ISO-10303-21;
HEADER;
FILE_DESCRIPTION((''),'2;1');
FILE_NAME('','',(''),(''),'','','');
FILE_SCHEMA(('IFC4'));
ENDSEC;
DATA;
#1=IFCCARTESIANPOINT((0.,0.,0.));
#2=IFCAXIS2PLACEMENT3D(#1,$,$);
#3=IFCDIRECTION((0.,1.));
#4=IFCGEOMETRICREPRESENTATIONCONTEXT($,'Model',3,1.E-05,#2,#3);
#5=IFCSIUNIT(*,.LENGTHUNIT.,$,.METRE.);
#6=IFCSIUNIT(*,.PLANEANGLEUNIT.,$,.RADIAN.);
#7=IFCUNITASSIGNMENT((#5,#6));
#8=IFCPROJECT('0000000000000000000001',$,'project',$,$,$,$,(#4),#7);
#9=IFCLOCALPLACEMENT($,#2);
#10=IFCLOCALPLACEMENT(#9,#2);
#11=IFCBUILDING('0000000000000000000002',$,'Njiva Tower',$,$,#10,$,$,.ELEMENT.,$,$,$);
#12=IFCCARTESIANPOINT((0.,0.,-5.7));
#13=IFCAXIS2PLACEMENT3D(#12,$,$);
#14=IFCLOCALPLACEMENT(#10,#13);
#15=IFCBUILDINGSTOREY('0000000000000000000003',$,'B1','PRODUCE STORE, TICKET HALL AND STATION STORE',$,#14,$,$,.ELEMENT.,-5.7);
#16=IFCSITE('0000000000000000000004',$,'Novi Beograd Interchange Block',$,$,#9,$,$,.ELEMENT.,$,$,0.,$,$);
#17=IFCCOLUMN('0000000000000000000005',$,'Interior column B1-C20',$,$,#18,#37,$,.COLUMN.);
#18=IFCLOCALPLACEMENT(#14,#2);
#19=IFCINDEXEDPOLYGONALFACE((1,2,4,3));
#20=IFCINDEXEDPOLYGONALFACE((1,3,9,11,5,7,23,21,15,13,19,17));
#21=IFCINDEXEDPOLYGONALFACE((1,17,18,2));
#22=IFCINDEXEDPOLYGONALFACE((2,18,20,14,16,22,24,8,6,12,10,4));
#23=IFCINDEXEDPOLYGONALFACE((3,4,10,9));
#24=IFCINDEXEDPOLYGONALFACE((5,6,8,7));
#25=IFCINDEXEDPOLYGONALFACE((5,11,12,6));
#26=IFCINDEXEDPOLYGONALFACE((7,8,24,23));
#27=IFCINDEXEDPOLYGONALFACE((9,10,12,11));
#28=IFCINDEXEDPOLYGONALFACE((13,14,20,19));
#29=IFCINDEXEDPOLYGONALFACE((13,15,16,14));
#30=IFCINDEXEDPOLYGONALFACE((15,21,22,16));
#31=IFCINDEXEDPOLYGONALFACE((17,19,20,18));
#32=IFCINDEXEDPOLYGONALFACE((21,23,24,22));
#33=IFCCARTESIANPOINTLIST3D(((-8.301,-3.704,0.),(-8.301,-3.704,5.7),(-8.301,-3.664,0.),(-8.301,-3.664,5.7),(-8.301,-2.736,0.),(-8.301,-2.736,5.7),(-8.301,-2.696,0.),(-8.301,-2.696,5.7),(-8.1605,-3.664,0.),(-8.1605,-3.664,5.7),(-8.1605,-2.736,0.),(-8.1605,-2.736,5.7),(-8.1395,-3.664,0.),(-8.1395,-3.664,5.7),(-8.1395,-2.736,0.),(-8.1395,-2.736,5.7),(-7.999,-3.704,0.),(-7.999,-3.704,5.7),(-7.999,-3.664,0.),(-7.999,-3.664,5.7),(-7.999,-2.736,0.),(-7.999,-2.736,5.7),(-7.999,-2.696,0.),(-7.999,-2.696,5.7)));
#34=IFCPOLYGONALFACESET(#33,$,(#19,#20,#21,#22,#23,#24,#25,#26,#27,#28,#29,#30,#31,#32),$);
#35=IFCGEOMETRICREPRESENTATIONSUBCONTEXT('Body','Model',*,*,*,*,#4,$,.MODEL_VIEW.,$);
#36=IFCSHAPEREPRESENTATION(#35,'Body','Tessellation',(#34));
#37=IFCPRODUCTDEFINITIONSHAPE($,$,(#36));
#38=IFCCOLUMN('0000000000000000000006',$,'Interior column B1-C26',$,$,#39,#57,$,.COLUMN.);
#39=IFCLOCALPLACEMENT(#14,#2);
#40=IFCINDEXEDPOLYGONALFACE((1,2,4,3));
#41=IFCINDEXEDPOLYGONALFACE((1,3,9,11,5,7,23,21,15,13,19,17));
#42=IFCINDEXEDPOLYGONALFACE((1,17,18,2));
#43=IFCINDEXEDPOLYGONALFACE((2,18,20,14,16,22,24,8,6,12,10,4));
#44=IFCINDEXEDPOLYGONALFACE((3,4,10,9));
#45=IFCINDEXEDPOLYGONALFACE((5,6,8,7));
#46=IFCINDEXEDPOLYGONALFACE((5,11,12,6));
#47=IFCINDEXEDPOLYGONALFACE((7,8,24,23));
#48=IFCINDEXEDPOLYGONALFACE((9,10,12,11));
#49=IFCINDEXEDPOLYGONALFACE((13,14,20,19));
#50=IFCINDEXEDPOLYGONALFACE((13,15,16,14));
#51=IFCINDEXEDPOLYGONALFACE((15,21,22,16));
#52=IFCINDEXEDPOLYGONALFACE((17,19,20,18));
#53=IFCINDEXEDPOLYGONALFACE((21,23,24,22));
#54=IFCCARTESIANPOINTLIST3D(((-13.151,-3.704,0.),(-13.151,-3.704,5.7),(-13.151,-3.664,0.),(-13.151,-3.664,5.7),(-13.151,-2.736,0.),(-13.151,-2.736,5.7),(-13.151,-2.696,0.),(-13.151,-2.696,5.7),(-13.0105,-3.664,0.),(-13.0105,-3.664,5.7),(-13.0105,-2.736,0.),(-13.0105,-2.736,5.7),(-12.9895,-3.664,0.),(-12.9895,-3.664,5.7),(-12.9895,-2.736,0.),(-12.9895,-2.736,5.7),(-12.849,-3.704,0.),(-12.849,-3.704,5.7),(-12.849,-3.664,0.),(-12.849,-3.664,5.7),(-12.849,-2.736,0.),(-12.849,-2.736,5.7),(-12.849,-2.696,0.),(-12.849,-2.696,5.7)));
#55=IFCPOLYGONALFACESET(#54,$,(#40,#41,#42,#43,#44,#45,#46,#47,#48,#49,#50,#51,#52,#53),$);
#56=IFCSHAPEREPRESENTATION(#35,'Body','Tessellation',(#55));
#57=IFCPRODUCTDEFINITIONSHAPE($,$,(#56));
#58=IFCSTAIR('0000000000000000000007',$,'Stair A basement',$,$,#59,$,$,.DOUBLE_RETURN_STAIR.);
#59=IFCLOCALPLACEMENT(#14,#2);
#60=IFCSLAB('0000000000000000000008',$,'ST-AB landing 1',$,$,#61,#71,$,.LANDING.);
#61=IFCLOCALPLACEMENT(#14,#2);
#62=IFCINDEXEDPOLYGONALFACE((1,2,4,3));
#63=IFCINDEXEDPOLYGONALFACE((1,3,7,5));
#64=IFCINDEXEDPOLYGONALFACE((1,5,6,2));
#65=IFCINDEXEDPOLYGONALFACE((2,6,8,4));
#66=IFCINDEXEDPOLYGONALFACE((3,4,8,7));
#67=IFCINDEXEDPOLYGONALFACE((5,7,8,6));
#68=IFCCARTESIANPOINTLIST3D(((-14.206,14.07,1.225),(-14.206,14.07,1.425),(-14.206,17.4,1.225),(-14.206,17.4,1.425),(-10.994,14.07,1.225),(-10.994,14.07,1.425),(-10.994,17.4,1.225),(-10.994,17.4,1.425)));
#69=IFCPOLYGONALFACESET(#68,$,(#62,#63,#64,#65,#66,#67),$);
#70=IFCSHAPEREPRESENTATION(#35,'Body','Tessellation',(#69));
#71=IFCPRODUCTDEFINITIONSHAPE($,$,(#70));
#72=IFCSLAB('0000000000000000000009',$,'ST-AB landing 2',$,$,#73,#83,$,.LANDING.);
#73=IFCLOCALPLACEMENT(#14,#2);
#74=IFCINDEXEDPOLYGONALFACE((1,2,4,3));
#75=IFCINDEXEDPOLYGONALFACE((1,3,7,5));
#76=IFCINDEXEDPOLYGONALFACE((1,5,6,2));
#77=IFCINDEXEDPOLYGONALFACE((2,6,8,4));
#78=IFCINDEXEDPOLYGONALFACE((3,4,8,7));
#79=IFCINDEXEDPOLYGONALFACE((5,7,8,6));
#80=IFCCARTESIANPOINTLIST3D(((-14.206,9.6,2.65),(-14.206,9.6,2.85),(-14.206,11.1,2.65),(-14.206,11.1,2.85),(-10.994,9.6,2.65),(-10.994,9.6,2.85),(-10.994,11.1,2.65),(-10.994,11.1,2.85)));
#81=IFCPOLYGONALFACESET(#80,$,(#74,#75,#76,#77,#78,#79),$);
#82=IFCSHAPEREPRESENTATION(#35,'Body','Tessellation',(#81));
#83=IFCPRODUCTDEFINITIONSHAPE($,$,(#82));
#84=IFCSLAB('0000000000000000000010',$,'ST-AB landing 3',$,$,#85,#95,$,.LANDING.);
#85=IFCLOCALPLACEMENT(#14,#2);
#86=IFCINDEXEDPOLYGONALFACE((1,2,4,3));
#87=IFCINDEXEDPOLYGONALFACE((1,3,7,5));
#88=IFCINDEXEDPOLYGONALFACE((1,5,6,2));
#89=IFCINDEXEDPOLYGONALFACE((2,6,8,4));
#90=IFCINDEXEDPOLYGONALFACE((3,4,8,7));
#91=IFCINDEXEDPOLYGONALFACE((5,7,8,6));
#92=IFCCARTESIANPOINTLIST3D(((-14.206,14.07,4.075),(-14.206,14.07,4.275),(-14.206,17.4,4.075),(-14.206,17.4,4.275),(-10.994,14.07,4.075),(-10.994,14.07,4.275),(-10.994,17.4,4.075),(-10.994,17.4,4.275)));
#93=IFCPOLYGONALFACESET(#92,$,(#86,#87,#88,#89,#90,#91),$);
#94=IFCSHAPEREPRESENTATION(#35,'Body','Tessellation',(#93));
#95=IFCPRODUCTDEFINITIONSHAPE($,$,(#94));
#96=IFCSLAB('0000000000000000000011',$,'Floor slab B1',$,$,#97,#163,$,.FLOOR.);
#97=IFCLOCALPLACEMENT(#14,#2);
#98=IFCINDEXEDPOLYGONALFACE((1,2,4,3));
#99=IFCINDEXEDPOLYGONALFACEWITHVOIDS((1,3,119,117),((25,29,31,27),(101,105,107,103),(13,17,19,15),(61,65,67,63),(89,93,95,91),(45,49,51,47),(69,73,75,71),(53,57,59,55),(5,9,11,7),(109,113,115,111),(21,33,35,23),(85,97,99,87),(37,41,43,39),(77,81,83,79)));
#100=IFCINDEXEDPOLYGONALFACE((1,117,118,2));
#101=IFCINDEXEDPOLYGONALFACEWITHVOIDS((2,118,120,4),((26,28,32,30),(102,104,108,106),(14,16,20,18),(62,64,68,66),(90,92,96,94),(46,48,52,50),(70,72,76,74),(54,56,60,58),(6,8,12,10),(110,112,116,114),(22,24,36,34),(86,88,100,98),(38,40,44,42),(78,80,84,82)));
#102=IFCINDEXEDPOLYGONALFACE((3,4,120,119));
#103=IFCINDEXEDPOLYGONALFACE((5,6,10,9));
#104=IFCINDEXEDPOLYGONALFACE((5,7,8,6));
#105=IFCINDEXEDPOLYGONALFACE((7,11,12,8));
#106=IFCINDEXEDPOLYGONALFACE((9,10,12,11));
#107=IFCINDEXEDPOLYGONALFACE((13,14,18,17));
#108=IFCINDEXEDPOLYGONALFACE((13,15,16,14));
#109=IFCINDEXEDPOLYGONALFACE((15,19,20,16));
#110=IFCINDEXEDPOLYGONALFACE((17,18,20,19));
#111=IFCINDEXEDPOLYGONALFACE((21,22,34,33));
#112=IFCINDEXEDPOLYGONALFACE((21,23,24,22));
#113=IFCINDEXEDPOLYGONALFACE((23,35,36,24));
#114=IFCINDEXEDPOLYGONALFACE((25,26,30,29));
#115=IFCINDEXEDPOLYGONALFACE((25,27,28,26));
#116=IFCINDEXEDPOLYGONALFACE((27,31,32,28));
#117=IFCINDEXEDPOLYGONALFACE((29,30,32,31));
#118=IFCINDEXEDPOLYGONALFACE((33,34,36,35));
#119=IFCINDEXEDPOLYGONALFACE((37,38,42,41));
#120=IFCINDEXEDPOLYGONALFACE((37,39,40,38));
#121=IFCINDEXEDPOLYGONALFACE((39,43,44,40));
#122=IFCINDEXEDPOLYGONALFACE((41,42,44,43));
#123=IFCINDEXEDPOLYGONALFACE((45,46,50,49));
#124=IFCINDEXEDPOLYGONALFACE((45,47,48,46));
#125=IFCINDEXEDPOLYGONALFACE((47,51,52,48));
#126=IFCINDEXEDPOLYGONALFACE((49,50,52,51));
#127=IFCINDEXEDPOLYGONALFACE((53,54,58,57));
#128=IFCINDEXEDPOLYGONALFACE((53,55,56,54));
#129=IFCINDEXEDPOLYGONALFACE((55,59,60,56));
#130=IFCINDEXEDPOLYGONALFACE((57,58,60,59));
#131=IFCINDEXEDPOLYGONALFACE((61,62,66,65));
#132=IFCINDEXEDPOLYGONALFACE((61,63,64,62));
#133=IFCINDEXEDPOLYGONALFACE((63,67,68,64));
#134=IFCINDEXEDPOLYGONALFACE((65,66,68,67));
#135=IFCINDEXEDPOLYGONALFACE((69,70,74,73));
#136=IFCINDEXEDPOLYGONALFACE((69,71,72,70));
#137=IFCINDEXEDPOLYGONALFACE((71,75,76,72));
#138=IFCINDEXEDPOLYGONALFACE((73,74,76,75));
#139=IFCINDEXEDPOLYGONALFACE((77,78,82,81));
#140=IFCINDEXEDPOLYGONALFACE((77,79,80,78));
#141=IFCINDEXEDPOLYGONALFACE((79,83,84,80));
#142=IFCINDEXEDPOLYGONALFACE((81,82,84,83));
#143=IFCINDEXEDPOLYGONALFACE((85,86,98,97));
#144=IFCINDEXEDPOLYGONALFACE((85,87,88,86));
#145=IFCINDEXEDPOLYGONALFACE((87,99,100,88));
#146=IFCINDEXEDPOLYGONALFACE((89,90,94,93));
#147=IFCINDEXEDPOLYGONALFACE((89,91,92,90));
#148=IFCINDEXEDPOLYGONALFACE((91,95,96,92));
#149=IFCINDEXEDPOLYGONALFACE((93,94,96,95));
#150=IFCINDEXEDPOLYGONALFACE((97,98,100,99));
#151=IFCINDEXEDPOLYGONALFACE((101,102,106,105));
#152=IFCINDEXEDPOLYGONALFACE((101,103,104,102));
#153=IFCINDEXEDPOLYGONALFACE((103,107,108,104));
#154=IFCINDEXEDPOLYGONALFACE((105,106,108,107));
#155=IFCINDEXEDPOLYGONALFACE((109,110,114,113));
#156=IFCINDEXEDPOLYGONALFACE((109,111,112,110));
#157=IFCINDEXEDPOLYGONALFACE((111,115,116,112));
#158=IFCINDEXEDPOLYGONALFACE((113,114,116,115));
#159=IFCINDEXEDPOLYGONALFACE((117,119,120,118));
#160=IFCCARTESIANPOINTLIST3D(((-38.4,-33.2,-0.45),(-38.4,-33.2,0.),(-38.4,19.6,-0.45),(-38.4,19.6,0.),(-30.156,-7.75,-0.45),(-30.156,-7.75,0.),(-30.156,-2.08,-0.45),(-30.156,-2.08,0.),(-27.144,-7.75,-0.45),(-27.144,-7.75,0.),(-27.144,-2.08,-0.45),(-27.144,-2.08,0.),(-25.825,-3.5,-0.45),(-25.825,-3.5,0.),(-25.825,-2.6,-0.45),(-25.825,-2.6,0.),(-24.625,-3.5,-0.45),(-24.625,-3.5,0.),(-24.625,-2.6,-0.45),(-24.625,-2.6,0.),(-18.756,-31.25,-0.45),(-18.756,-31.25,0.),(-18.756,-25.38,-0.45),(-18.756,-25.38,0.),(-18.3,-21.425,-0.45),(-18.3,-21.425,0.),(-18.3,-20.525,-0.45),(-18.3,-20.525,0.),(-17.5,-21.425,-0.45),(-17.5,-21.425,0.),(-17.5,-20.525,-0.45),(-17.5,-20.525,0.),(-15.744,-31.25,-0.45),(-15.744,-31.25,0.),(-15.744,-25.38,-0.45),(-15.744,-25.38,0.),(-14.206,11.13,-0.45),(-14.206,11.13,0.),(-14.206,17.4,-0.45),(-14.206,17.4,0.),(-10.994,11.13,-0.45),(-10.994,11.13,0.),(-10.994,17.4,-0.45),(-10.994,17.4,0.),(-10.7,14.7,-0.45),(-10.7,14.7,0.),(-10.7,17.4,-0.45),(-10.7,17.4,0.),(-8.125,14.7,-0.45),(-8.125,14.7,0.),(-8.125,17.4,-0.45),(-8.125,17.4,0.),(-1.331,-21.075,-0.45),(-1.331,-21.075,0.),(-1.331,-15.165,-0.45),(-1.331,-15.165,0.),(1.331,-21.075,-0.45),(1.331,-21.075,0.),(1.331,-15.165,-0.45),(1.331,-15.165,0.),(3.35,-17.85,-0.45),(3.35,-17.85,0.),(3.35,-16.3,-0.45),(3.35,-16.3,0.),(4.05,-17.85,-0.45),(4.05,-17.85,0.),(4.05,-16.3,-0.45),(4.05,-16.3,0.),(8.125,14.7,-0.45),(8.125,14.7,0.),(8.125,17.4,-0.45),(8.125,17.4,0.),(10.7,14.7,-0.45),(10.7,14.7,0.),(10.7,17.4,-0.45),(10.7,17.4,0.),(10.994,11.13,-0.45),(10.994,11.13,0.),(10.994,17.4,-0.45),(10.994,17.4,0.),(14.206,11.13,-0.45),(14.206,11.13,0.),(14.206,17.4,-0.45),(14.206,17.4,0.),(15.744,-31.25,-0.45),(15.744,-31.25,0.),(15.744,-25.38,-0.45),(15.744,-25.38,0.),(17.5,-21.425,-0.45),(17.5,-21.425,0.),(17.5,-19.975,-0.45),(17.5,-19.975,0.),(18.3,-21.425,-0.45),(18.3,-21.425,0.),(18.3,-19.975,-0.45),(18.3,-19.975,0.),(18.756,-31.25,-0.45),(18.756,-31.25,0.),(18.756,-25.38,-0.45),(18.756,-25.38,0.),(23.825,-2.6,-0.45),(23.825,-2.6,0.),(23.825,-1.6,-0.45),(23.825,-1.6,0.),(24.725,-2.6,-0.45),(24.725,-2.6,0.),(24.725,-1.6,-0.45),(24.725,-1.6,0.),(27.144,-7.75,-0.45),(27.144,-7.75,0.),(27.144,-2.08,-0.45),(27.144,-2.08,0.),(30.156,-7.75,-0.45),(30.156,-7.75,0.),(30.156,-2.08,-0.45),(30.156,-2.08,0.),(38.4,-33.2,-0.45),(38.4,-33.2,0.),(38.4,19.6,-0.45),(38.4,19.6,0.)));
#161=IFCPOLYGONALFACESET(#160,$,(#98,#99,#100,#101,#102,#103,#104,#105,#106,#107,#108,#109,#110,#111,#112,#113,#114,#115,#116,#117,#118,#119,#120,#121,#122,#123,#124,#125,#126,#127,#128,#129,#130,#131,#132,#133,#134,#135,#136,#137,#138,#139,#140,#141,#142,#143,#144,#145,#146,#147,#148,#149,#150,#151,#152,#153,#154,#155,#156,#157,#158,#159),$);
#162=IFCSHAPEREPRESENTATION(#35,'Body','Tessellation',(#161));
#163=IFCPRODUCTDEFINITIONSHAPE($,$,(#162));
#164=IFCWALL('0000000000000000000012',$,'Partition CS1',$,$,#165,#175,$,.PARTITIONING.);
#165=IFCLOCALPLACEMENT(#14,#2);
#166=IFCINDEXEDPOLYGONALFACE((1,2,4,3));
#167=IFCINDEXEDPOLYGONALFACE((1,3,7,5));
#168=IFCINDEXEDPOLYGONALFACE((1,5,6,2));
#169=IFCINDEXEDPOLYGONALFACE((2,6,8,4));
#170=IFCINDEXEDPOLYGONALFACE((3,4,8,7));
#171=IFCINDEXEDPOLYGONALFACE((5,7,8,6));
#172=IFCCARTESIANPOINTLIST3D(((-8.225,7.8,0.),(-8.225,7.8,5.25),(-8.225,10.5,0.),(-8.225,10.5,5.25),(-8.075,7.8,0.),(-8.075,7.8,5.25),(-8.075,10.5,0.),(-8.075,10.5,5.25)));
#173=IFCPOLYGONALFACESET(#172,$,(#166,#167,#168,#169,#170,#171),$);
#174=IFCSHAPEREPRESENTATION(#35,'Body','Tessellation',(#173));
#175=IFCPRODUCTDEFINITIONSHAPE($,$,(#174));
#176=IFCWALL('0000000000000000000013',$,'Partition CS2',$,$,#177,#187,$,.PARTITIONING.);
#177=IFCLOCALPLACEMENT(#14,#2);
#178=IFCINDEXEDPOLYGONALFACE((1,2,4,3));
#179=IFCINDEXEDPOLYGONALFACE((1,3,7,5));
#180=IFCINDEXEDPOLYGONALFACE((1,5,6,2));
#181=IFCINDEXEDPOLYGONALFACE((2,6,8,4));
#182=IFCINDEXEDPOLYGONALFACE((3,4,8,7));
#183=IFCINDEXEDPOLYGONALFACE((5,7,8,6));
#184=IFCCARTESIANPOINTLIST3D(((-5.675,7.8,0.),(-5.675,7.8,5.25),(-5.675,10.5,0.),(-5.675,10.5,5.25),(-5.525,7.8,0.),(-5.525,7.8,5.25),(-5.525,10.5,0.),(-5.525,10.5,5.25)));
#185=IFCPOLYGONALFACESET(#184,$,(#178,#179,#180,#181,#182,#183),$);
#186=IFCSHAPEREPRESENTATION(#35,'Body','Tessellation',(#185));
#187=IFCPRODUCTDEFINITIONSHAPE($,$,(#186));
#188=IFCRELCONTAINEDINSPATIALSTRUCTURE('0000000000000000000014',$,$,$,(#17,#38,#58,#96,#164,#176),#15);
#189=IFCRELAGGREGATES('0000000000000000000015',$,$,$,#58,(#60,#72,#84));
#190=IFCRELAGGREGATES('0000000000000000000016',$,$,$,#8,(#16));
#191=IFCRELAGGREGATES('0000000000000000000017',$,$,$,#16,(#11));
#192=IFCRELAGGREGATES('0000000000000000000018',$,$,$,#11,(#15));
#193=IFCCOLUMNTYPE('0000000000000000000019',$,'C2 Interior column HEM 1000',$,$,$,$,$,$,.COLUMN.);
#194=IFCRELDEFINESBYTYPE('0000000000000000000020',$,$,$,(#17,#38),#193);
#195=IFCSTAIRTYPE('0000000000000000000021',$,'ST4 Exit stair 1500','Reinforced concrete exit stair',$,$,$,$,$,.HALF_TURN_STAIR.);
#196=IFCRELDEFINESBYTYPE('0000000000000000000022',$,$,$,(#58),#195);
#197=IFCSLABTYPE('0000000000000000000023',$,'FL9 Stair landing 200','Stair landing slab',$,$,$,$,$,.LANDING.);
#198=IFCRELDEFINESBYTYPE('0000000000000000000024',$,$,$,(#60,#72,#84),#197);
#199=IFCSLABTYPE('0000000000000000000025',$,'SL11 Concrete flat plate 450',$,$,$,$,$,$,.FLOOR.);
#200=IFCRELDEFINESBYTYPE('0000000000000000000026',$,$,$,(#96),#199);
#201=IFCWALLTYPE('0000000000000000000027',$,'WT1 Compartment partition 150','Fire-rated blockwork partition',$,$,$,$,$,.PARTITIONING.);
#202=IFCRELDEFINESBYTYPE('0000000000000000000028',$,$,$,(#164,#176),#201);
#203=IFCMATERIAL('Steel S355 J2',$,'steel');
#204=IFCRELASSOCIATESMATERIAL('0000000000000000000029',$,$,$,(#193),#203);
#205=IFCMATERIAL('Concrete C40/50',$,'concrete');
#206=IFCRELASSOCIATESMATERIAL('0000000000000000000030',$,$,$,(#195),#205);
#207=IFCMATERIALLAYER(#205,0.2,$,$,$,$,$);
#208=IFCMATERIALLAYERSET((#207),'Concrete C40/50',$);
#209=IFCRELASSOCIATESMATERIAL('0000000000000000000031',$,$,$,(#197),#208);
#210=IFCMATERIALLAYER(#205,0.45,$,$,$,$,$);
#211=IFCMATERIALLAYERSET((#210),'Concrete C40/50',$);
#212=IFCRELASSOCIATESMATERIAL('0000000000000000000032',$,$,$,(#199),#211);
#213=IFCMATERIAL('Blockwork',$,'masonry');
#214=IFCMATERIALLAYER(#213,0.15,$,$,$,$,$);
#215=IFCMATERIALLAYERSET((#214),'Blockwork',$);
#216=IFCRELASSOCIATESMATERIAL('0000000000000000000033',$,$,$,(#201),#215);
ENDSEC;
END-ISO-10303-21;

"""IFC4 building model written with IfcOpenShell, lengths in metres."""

from ifc_helpers import new_model, si_unit, direction, frame, frame_2d, origin, origin_2d, place, context, subcontext, project, spatial, polyline, rectangle, i_section, outline, extrude, material, layer, layer_set, material_profile, profile_set, type_object, element, aggregate, save


model = new_model("IFC4")

# Units and contexts
model_context = context("Model", 3, precision=1e-05, world=origin(), true_north=direction((0.0, 1.0)))
body_context = subcontext(model_context, "Body", "Model", "MODEL_VIEW")
ifc_project = project(units=[si_unit("LENGTHUNIT", "METRE"), si_unit("PLANEANGLEUNIT", "RADIAN")], contexts=[model_context])

# Site, building, storey
site_placement = place(None, origin())
site = spatial("IfcSite", under=ifc_project, at=site_placement, Name="Novi Beograd Interchange Block", CompositionType="ELEMENT", RefElevation=0.0)
building_placement = place(site_placement, origin())
building = spatial("IfcBuilding", under=site, at=building_placement, Name="Njiva Tower", CompositionType="ELEMENT")
storey_placement = place(building_placement, frame((0.0, 0.0, -5.7)))
storey = spatial("IfcBuildingStorey", under=building, at=storey_placement, Name="B1", Description="PRODUCE STORE, TICKET HALL AND STATION STORE", CompositionType="ELEMENT", Elevation=-5.7)

# Columns
ifc_material_1 = material(Name="Steel S355 J2", Category="steel")
ifc_material_profile = material_profile(ifc_material_1, i_section(OverallWidth=0.302, OverallDepth=1.008, WebThickness=0.021, FlangeThickness=0.04, at=origin_2d()), Name="HEM 1000")
ifc_profile_set = profile_set([ifc_material_profile], Name="Steel S355 J2")
column_type = type_object("IfcColumnType", Name="C2 Interior column HEM 1000", PredefinedType="COLUMN", material=ifc_profile_set)
for number, where, z_axis, x_axis, name in (
    (1, (-8.15, -3.2, 0.0), (0.0, 0.0, 1.0), (1.0, 0.0, 0.0), "Interior column B1-C20"),
    (2, (-13.0, -3.2, 0.0), (0.0, 0.0, 1.0), (1.0, 0.0, 0.0), "Interior column B1-C26"),
):
    element("IfcColumn", number, at=place(storey_placement, frame(where, z_axis=z_axis, x_axis=x_axis)), inside=storey, type_object=column_type, Name=name, PredefinedType="COLUMN", context=body_context, shape_type="SweptSolid", body=[
        extrude(i_section(OverallWidth=0.302, OverallDepth=1.008, WebThickness=0.021, FlangeThickness=0.04, at=origin_2d()), origin(), (0.0, 0.0, 1.0), 5.7),
    ])

# Stair, slabs
ifc_material_2 = material(Name="Concrete C40/50", Category="concrete")
stair_type = type_object("IfcStairType", Name="ST4 Exit stair 1500", Description="Reinforced concrete exit stair", PredefinedType="HALF_TURN_STAIR", material=ifc_material_2)
stair_placement = place(storey_placement, origin())
stair = element("IfcStair", 3, at=stair_placement, inside=storey, type_object=stair_type, Name="Stair A basement", PredefinedType="DOUBLE_RETURN_STAIR")
ifc_layer_1 = layer(ifc_material_2, 0.2)
ifc_layer_set_1 = layer_set([ifc_layer_1], Name="Concrete C40/50")
slab_type_1 = type_object("IfcSlabType", Name="FL9 Stair landing 200", Description="Stair landing slab", PredefinedType="LANDING", material=ifc_layer_set_1)
slab_1_placement = place(storey_placement, frame((0.0, 0.0, 1.225)))
slab_1 = element("IfcSlab", 4, at=slab_1_placement, type_object=slab_type_1, Name="ST-AB landing 1", PredefinedType="LANDING", context=body_context, shape_type="SweptSolid", body=[
    extrude(outline(polyline([(-14.206, 14.07), (-10.994, 14.07), (-10.994, 17.4), (-14.206, 17.4), (-14.206, 14.07)])), origin(), (0.0, 0.0, 1.0), 0.2),
])
slab_2_placement = place(storey_placement, frame((0.0, 0.0, 2.65)))
slab_2 = element("IfcSlab", 5, at=slab_2_placement, type_object=slab_type_1, Name="ST-AB landing 2", PredefinedType="LANDING", context=body_context, shape_type="SweptSolid", body=[
    extrude(outline(polyline([(-14.206, 9.6), (-10.994, 9.6), (-10.994, 11.1), (-14.206, 11.1), (-14.206, 9.6)])), origin(), (0.0, 0.0, 1.0), 0.2),
])
slab_3_placement = place(storey_placement, frame((0.0, 0.0, 4.075)))
slab_3 = element("IfcSlab", 6, at=slab_3_placement, type_object=slab_type_1, Name="ST-AB landing 3", PredefinedType="LANDING", context=body_context, shape_type="SweptSolid", body=[
    extrude(outline(polyline([(-14.206, 14.07), (-10.994, 14.07), (-10.994, 17.4), (-14.206, 17.4), (-14.206, 14.07)])), origin(), (0.0, 0.0, 1.0), 0.2),
])
aggregate(stair, [slab_1, slab_2, slab_3])

# Slab
ifc_layer_2 = layer(ifc_material_2, 0.45)
ifc_layer_set_2 = layer_set([ifc_layer_2], Name="Concrete C40/50")
slab_type_2 = type_object("IfcSlabType", Name="SL11 Concrete flat plate 450", PredefinedType="FLOOR", material=ifc_layer_set_2)
slab_4_placement = place(storey_placement, frame((0.0, 0.0, -0.45)))
element("IfcSlab", 7, at=slab_4_placement, inside=storey, type_object=slab_type_2, Name="Floor slab B1", PredefinedType="FLOOR", context=body_context, shape_type="SweptSolid", body=[
    extrude(outline(polyline([(-38.4, -33.2), (-38.4, 19.6), (38.4, 19.6), (38.4, -33.2), (-38.4, -33.2)]), holes=[polyline([(27.144, -7.75), (30.156, -7.75), (30.156, -2.08), (27.144, -2.08), (27.144, -7.75)]), polyline([(24.725, -2.6), (24.725, -1.6), (23.825, -1.6), (23.825, -2.6), (24.725, -2.6)]), polyline([(18.756, -31.25), (18.756, -25.38), (15.744, -25.38), (15.744, -31.25), (18.756, -31.25)]), polyline([(17.5, -21.425), (18.3, -21.425), (18.3, -19.975), (17.5, -19.975), (17.5, -21.425)]), polyline([(10.994, 11.13), (14.206, 11.13), (14.206, 17.4), (10.994, 17.4), (10.994, 11.13)]), polyline([(8.125, 14.7), (10.7, 14.7), (10.7, 17.4), (8.125, 17.4), (8.125, 14.7)]), polyline([(3.35, -17.85), (4.05, -17.85), (4.05, -16.3), (3.35, -16.3), (3.35, -17.85)]), polyline([(-1.331, -21.075), (1.331, -21.075), (1.331, -15.165), (-1.331, -15.165), (-1.331, -21.075)]), polyline([(-10.7, 14.7), (-8.125, 14.7), (-8.125, 17.4), (-10.7, 17.4), (-10.7, 14.7)]), polyline([(-14.206, 11.13), (-10.994, 11.13), (-10.994, 17.4), (-14.206, 17.4), (-14.206, 11.13)]), polyline([(-15.744, -31.25), (-15.744, -25.38), (-18.756, -25.38), (-18.756, -31.25), (-15.744, -31.25)]), polyline([(-18.3, -21.425), (-17.5, -21.425), (-17.5, -20.525), (-18.3, -20.525), (-18.3, -21.425)]), polyline([(-24.625, -2.6), (-25.825, -2.6), (-25.825, -3.5), (-24.625, -3.5), (-24.625, -2.6)]), polyline([(-30.156, -7.75), (-27.144, -7.75), (-27.144, -2.08), (-30.156, -2.08), (-30.156, -7.75)])]), origin(), (0.0, 0.0, 1.0), 0.45),
])

# Walls
ifc_material_3 = material(Name="Blockwork", Category="masonry")
ifc_layer_3 = layer(ifc_material_3, 0.15)
ifc_layer_set_3 = layer_set([ifc_layer_3], Name="Blockwork")
wall_type_1 = type_object("IfcWallType", Name="WT1 Compartment partition 150", Description="Fire-rated blockwork partition", PredefinedType="PARTITIONING", material=ifc_layer_set_3)
for number, where, z_axis, x_axis, name in (
    (8, (-8.15, 7.8, 0.0), (0.0, 0.0, 1.0), (0.0, 1.0, 0.0), "Partition CS1"),
    (9, (-5.6, 7.8, 0.0), (0.0, 0.0, 1.0), (0.0, 1.0, 0.0), "Partition CS2"),
):
    element("IfcWall", number, at=place(storey_placement, frame(where, z_axis=z_axis, x_axis=x_axis)), inside=storey, type_object=wall_type_1, Name=name, PredefinedType="PARTITIONING", context=body_context, shape_type="SweptSolid", body=[
        extrude(rectangle(XDim=2.7, YDim=0.15, at=frame_2d((1.35, 0.0))), origin(), (0.0, 0.0, 1.0), 5.25),
    ])

save(model, "model.ifc")
